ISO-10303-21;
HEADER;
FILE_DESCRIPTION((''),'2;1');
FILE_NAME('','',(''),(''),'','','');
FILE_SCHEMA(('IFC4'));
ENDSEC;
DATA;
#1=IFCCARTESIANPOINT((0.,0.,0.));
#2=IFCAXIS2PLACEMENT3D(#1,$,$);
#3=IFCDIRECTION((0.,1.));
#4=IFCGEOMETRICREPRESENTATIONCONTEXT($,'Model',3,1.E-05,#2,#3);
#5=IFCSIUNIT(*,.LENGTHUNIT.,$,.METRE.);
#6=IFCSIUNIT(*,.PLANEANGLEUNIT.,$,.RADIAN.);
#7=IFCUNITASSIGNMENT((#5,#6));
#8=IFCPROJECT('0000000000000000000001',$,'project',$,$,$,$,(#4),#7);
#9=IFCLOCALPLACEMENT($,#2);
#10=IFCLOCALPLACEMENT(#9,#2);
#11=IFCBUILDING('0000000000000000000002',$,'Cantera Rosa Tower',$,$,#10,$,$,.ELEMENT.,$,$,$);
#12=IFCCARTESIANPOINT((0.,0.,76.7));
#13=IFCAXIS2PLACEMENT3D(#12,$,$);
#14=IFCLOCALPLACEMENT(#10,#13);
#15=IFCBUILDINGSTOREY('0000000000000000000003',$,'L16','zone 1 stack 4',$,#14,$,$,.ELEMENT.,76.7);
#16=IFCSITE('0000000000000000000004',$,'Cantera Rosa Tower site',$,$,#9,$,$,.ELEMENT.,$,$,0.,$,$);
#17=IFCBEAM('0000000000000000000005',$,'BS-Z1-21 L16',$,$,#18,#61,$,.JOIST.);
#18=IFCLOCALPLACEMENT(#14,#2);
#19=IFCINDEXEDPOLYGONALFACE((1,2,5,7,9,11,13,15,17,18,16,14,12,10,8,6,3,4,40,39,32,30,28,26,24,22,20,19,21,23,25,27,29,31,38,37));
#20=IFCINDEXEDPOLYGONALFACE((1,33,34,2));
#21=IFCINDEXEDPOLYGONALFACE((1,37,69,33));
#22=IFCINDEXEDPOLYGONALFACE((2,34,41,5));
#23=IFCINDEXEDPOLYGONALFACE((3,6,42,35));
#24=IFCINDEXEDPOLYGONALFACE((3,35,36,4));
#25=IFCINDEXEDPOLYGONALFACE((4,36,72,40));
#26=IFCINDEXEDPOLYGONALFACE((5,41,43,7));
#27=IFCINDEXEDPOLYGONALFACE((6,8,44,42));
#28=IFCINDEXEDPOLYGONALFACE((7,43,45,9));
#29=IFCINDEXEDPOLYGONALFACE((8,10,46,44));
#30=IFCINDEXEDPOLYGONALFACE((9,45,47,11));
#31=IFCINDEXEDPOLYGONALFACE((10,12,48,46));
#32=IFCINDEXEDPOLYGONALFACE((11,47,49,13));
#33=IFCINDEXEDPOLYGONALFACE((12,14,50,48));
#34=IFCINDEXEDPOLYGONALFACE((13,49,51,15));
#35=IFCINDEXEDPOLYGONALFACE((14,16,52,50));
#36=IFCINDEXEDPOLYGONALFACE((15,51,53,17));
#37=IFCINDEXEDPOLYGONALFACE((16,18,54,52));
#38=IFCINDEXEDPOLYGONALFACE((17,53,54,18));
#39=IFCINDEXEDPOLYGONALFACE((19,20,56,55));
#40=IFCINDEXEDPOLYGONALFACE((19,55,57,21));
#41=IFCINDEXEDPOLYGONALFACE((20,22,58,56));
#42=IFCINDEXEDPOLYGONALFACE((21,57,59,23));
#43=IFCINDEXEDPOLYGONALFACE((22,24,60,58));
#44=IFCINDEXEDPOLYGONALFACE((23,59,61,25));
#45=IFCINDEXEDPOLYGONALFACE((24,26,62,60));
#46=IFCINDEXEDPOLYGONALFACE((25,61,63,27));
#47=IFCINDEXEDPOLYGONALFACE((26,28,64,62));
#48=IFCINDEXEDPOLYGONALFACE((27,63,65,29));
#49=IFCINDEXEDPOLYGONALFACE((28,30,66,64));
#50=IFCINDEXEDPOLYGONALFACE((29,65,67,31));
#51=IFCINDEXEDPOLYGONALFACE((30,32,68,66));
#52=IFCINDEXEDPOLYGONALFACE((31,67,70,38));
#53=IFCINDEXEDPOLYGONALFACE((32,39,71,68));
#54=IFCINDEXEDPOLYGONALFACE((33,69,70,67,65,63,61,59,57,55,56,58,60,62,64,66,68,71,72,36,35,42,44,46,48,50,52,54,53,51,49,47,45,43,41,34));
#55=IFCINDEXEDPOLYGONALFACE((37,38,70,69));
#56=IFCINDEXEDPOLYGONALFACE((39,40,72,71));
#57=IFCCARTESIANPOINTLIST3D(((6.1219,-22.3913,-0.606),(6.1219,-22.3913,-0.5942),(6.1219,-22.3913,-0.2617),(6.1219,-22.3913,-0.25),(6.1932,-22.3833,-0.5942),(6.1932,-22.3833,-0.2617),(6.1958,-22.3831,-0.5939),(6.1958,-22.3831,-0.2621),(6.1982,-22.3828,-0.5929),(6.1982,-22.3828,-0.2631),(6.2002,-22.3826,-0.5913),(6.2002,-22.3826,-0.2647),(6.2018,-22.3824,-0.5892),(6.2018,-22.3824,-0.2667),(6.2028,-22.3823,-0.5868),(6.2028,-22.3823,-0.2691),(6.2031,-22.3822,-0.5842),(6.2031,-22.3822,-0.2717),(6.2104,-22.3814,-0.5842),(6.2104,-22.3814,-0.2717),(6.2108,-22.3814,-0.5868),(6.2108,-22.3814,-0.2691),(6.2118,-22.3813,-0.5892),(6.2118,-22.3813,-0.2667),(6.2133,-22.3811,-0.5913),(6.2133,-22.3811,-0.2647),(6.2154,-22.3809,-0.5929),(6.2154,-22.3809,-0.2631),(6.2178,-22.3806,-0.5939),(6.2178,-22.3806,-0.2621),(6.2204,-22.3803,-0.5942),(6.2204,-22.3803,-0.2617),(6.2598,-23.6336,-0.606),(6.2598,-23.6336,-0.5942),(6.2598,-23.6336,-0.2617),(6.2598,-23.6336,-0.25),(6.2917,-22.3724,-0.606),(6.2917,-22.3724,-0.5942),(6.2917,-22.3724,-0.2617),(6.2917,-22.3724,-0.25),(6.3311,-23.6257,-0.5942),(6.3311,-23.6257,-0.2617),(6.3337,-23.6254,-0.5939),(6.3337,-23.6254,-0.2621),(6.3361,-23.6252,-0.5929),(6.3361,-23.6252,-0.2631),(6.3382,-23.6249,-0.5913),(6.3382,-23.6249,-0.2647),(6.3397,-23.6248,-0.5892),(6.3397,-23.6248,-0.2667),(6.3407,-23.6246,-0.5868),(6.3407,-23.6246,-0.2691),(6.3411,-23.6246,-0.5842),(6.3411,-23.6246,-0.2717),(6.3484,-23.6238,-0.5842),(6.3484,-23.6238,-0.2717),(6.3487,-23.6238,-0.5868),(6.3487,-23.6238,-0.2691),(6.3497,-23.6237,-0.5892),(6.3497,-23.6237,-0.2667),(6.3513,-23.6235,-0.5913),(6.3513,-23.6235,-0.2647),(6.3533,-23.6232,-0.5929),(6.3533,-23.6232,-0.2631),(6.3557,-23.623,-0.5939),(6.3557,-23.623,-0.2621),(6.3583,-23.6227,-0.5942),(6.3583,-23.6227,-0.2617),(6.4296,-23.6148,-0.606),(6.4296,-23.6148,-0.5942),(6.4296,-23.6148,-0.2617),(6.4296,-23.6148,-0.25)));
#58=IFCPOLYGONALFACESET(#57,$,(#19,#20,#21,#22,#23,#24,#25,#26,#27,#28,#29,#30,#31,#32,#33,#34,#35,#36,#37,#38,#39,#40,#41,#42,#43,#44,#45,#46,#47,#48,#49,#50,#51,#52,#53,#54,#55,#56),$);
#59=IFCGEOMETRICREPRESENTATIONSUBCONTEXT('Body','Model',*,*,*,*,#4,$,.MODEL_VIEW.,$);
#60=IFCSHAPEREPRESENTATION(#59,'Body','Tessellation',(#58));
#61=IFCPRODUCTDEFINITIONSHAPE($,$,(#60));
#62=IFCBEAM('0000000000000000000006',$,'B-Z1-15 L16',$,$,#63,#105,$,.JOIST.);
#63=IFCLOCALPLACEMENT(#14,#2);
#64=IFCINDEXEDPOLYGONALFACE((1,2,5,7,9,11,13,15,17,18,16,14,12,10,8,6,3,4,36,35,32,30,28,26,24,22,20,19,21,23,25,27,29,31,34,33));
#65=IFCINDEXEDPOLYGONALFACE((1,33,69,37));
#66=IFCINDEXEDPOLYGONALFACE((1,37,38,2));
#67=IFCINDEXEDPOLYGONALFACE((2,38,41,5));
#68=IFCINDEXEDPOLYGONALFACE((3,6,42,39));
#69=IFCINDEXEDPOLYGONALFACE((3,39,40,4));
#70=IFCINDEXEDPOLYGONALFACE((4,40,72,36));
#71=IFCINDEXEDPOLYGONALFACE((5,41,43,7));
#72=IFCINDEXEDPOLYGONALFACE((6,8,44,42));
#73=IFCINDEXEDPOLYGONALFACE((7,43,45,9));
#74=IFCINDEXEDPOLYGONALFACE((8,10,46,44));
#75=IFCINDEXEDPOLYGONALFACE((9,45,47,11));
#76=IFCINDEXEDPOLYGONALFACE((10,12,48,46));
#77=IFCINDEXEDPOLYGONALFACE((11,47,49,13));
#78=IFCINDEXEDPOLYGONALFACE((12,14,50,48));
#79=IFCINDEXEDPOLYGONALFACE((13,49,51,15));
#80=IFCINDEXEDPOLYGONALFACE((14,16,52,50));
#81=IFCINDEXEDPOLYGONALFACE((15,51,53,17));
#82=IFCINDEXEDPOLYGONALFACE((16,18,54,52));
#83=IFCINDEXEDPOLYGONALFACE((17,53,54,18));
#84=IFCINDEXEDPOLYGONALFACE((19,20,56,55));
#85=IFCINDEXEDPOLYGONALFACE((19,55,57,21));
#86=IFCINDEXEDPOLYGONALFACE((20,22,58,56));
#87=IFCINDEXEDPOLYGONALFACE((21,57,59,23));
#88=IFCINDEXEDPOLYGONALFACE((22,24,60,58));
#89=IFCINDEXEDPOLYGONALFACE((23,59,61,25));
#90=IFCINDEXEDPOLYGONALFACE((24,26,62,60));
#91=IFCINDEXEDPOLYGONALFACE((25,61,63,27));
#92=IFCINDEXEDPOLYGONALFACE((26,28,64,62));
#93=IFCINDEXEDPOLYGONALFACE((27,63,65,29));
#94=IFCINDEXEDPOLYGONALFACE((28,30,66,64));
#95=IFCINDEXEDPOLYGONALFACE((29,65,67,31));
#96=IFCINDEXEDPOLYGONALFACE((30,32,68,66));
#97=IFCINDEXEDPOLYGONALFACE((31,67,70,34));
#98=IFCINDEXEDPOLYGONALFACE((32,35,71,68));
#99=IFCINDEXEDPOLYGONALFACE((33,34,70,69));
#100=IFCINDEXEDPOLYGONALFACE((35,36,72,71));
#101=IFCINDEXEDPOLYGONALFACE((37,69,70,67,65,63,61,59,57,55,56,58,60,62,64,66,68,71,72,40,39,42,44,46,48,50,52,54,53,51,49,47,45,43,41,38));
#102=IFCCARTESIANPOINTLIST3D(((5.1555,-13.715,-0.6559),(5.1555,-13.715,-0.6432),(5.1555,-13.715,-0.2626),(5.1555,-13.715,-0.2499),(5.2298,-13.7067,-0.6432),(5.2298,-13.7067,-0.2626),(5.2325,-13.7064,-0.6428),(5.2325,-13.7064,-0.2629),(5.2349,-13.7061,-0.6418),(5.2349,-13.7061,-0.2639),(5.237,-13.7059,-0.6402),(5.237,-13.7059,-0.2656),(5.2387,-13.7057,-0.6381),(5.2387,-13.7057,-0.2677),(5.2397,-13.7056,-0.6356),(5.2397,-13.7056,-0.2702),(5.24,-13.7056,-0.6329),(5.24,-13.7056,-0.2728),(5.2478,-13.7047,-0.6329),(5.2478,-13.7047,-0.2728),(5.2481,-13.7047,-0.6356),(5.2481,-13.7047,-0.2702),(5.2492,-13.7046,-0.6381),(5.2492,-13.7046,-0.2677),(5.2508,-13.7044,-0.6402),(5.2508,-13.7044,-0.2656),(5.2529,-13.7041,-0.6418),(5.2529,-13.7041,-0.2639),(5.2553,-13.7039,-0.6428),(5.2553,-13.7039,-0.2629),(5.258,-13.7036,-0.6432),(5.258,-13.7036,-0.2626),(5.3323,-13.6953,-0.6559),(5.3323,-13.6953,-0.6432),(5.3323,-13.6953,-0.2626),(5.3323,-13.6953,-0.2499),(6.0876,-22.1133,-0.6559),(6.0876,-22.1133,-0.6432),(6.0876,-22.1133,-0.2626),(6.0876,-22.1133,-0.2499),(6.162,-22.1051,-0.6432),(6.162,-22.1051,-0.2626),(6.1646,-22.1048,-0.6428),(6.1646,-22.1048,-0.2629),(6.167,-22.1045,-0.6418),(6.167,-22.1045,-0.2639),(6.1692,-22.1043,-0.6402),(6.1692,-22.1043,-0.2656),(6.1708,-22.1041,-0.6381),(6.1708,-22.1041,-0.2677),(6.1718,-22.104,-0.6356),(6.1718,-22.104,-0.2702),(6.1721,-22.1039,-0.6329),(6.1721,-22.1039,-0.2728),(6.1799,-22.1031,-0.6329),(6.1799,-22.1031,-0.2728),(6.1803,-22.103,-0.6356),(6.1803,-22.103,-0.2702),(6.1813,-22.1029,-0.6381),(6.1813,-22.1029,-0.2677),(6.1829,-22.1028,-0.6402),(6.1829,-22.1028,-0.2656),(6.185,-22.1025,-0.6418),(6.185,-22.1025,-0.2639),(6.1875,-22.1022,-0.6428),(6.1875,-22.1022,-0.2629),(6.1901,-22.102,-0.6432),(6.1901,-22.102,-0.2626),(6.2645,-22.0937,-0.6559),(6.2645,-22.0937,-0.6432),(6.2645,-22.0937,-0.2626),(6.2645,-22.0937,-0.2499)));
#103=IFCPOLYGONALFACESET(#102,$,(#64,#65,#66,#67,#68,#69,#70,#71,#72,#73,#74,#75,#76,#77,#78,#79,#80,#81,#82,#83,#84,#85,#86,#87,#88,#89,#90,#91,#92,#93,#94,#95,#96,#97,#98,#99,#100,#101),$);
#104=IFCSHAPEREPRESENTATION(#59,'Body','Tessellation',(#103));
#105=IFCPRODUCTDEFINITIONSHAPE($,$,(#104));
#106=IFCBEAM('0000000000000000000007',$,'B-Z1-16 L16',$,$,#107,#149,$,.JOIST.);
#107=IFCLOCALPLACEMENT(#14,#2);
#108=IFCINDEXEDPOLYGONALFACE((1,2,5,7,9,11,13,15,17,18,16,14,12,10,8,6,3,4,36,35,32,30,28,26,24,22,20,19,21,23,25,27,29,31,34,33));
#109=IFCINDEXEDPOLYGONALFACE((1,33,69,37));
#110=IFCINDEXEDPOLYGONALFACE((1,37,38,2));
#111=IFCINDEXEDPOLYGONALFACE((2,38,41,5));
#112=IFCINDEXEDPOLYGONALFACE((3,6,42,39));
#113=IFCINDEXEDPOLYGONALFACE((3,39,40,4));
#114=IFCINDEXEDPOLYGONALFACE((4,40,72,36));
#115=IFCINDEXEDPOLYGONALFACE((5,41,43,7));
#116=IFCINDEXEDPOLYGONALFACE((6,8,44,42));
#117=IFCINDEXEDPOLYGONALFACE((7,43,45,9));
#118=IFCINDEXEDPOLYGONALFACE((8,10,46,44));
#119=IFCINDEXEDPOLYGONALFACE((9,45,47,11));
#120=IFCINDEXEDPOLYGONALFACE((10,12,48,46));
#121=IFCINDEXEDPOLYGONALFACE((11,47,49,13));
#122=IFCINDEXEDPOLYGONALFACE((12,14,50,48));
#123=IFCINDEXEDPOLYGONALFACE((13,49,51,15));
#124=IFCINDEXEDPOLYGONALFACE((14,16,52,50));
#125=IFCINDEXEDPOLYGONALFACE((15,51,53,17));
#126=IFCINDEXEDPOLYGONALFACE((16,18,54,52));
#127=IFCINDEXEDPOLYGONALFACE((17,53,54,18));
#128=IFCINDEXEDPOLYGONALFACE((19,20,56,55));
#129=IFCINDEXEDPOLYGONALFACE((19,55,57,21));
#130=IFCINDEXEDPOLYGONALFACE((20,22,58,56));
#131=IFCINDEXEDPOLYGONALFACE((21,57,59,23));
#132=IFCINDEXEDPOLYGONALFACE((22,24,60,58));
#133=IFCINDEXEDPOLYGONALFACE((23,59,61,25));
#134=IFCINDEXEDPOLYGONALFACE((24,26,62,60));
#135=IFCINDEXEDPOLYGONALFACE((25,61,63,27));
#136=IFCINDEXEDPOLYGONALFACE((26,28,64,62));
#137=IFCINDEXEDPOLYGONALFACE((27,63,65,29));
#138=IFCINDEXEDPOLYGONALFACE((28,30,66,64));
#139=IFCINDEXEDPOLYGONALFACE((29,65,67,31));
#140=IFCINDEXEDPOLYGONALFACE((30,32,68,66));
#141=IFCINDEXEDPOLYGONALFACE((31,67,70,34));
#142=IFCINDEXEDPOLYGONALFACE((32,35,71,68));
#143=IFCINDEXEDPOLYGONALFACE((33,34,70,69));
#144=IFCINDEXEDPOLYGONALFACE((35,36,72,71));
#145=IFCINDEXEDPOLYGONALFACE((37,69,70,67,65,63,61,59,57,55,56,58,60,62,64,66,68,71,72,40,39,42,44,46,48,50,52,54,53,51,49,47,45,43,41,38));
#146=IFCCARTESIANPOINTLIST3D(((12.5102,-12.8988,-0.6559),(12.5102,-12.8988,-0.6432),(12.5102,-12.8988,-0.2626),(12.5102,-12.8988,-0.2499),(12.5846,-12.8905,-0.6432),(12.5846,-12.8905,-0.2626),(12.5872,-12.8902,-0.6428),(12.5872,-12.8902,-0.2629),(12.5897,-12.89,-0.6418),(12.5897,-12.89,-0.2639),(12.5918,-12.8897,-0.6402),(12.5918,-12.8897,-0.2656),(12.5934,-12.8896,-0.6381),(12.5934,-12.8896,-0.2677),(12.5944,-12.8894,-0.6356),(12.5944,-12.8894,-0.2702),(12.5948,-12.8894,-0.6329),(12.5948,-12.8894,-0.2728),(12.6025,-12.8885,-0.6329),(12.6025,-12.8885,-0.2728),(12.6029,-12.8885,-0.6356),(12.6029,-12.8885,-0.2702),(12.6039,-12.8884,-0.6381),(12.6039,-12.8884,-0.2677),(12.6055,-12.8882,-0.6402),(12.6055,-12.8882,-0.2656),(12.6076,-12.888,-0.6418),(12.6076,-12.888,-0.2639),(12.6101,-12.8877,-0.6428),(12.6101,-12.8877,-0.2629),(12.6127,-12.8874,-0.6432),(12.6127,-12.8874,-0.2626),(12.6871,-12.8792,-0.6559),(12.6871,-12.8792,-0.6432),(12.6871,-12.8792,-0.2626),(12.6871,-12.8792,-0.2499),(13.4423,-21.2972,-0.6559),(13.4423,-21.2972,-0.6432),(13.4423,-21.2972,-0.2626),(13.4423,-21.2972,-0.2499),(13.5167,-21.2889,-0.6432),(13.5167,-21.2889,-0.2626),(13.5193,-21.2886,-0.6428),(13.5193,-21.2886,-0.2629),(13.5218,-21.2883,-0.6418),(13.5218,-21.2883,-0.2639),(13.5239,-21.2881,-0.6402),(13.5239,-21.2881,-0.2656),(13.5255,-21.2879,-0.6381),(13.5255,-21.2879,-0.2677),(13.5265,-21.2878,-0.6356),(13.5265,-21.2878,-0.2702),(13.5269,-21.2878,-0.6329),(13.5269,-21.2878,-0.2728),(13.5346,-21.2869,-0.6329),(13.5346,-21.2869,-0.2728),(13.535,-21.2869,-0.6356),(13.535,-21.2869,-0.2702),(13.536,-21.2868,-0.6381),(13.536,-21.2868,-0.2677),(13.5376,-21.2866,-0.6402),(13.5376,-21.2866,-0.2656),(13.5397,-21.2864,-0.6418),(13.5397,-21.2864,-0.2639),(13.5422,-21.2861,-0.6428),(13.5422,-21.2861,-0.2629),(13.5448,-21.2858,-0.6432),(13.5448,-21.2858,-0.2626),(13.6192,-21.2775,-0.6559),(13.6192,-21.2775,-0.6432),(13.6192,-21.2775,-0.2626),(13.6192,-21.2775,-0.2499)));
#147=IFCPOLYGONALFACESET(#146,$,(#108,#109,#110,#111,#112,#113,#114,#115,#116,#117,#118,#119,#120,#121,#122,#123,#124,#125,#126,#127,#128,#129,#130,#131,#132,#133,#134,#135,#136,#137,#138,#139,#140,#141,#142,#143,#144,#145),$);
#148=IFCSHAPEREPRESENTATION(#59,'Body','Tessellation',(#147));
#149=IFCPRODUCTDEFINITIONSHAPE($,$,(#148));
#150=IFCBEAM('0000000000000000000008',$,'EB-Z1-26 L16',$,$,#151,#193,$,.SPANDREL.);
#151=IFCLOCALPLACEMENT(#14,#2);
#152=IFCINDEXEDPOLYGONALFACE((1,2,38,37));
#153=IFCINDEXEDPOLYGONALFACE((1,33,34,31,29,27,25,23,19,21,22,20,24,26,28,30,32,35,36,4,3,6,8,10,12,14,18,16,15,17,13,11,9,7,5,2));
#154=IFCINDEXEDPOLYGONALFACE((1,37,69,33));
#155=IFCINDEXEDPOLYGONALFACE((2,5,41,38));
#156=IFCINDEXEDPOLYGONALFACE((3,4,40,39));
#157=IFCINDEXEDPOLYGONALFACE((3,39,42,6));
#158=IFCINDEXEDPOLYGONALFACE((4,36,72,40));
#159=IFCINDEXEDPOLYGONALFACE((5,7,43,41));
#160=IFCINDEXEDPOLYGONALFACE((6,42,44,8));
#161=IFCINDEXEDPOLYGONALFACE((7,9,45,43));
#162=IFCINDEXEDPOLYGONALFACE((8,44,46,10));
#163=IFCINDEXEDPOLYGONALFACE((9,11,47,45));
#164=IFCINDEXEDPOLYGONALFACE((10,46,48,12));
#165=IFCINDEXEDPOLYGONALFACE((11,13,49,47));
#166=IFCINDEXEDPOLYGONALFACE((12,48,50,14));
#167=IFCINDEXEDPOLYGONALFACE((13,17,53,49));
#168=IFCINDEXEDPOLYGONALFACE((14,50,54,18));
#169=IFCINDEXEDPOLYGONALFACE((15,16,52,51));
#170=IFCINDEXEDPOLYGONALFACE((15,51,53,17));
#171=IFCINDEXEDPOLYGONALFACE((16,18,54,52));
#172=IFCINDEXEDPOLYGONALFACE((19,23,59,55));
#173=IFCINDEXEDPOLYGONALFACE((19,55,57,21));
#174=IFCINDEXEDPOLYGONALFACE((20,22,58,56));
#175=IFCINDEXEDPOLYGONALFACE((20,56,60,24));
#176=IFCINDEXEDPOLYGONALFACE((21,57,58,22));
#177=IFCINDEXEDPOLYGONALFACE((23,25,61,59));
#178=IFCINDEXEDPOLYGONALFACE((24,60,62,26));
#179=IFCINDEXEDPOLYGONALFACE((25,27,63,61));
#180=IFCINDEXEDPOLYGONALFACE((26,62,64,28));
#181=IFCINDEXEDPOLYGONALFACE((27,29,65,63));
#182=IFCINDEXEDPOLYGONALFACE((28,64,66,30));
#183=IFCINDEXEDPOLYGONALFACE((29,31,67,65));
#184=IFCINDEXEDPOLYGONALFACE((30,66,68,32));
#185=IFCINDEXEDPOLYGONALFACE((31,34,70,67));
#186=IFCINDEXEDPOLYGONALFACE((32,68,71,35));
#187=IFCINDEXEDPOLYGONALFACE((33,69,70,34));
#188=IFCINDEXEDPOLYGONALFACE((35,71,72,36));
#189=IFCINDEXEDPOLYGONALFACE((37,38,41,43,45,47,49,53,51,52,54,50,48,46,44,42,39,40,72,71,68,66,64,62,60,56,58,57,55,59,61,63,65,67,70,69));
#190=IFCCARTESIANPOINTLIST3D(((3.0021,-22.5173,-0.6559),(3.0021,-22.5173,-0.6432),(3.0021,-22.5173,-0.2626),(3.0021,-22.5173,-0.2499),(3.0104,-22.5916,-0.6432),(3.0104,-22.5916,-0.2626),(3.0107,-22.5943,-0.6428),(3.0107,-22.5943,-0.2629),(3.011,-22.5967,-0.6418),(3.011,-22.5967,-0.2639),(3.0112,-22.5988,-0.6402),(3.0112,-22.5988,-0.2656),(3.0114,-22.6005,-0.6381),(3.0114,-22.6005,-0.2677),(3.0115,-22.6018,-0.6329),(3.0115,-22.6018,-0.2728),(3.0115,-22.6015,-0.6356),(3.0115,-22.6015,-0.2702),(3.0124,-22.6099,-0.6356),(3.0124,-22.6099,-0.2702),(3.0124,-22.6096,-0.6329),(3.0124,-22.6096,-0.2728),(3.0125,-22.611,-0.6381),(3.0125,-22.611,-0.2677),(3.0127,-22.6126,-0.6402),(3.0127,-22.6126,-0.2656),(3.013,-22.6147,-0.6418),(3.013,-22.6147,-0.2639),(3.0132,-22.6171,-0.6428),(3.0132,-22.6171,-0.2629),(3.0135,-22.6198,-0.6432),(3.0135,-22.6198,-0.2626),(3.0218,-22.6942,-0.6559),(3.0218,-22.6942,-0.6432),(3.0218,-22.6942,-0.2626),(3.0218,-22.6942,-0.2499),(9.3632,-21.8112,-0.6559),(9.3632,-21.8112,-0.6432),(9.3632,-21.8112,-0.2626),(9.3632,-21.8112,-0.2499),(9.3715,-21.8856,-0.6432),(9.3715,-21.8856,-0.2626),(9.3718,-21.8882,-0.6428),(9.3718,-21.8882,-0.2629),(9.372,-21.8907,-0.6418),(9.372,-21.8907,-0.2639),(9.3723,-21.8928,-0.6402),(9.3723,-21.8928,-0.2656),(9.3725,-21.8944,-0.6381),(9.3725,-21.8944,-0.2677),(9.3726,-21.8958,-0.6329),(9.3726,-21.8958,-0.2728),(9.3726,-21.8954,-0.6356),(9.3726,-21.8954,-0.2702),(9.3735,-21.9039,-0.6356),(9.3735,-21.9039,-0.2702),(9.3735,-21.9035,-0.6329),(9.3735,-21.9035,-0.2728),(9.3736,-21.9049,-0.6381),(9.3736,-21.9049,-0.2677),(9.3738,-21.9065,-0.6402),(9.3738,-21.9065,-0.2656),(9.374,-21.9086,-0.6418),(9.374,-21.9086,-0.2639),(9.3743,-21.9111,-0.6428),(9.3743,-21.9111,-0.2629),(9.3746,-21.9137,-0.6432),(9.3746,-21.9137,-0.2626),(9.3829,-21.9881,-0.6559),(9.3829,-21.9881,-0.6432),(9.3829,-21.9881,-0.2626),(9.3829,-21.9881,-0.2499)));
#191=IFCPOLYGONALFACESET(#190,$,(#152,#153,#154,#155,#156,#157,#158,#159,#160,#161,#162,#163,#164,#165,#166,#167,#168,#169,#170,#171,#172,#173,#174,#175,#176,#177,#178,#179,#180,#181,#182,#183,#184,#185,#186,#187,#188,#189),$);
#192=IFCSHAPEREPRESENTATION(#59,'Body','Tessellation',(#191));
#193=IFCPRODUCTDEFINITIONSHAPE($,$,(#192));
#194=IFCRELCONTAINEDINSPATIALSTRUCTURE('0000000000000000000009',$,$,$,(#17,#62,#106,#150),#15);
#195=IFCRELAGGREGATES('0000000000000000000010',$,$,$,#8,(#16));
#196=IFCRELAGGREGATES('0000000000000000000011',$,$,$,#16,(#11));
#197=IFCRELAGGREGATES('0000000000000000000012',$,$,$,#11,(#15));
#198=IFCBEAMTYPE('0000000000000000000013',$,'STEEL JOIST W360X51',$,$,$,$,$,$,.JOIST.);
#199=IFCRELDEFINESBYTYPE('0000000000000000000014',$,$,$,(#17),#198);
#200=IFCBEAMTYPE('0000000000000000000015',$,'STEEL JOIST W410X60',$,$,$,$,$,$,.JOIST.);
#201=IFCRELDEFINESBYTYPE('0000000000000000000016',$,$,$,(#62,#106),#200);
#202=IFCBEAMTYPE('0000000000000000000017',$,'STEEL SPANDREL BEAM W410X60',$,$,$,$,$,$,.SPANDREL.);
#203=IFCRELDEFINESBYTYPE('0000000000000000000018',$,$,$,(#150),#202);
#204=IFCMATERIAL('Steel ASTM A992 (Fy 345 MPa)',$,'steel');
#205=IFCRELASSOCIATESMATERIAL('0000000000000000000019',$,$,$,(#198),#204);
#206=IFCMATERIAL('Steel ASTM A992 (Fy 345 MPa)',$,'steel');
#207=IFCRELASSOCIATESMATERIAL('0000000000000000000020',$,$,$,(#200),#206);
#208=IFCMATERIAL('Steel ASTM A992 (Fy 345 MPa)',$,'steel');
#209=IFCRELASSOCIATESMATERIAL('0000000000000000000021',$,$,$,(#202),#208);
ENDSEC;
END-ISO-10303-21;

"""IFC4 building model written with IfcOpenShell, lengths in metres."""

from ifc_helpers import new_model, si_unit, direction, frame, origin, origin_2d, place, context, subcontext, project, spatial, i_section, extrude, material, material_profile, profile_set, type_object, element, save


model = new_model("IFC4")

# Units and contexts
model_context = context("Model", 3, precision=1e-05, world=origin(), true_north=direction((0.0, 1.0)))
body_context = subcontext(model_context, "Body", "Model", "MODEL_VIEW")
ifc_project = project(units=[si_unit("LENGTHUNIT", "METRE"), si_unit("PLANEANGLEUNIT", "RADIAN")], contexts=[model_context])

# Site, building, storey
site_placement = place(None, origin())
site = spatial("IfcSite", under=ifc_project, at=site_placement, Name="Cantera Rosa Tower site", CompositionType="ELEMENT", RefElevation=0.0)
building_placement = place(site_placement, origin())
building = spatial("IfcBuilding", under=site, at=building_placement, Name="Cantera Rosa Tower", CompositionType="ELEMENT")
storey_placement = place(building_placement, frame((0.0, 0.0, 76.7)))
storey = spatial("IfcBuildingStorey", under=building, at=storey_placement, Name="L16", Description="zone 1 stack 4", CompositionType="ELEMENT", Elevation=76.7)

# Beams
ifc_material_1 = material(Name="Steel ASTM A992 (Fy 345 MPa)", Category="steel")
ifc_material_profile_1 = material_profile(ifc_material_1, i_section(OverallWidth=0.1709, OverallDepth=0.356, WebThickness=0.0073, FlangeThickness=0.0117, FilletRadius=0.01, at=origin_2d()), Name="W360X51")
ifc_profile_set_1 = profile_set([ifc_material_profile_1], Name="Steel ASTM A992 (Fy 345 MPa)")
beam_type_1 = type_object("IfcBeamType", Name="STEEL JOIST W360X51", PredefinedType="JOIST", material=ifc_profile_set_1)
beam_1_placement = place(storey_placement, frame((6.2068, -22.3818, -0.428), z_axis=(0.110346, -0.993893, 0.0), x_axis=(0.993893, 0.110346, 0.0)))
element("IfcBeam", 1, at=beam_1_placement, inside=storey, type_object=beam_type_1, Name="BS-Z1-21 L16", PredefinedType="JOIST", context=body_context, shape_type="SweptSolid", body=[
    extrude(i_section(OverallWidth=0.1709, OverallDepth=0.356, WebThickness=0.0073, FlangeThickness=0.0117, FilletRadius=0.01, at=origin_2d()), origin(), (0.0, 0.0, 1.0), 1.25),
])
ifc_material_2 = material(Name="Steel ASTM A992 (Fy 345 MPa)", Category="steel")
ifc_material_profile_2 = material_profile(ifc_material_2, i_section(OverallWidth=0.178, OverallDepth=0.406, WebThickness=0.0078, FlangeThickness=0.0127, FilletRadius=0.0103, at=origin_2d()), Name="W410X60")
ifc_profile_set_2 = profile_set([ifc_material_profile_2], Name="Steel ASTM A992 (Fy 345 MPa)")
beam_type_2 = type_object("IfcBeamType", Name="STEEL JOIST W410X60", PredefinedType="JOIST", material=ifc_profile_set_2)
for number, where, z_axis, x_axis, name in (
    (2, (6.176, -22.1035, -0.4529), (-0.110311, 0.993897, 0.0), (-0.993897, -0.110311, 0.0), "B-Z1-15 L16"),
    (3, (13.5308, -21.2874, -0.4529), (-0.110311, 0.993897, 0.0), (-0.993897, -0.110311, 0.0), "B-Z1-16 L16"),
):
    element("IfcBeam", number, at=place(storey_placement, frame(where, z_axis=z_axis, x_axis=x_axis)), inside=storey, type_object=beam_type_2, Name=name, PredefinedType="JOIST", context=body_context, shape_type="SweptSolid", body=[
        extrude(i_section(OverallWidth=0.178, OverallDepth=0.406, WebThickness=0.0078, FlangeThickness=0.0127, FilletRadius=0.0103, at=origin_2d()), origin(), (0.0, 0.0, 1.0), 8.45),
    ])
ifc_material_3 = material(Name="Steel ASTM A992 (Fy 345 MPa)", Category="steel")
ifc_material_profile_3 = material_profile(ifc_material_3, i_section(OverallWidth=0.178, OverallDepth=0.406, WebThickness=0.0078, FlangeThickness=0.0127, FilletRadius=0.0103, at=origin_2d()), Name="W410X60")
ifc_profile_set_3 = profile_set([ifc_material_profile_3], Name="Steel ASTM A992 (Fy 345 MPa)")
beam_type_3 = type_object("IfcBeamType", Name="STEEL SPANDREL BEAM W410X60", PredefinedType="SPANDREL", material=ifc_profile_set_3)
beam_2_placement = place(storey_placement, frame((3.012, -22.6057, -0.4529), z_axis=(0.993896, 0.110318, 0.0), x_axis=(-0.110318, 0.993896, 0.0)))
element("IfcBeam", 4, at=beam_2_placement, inside=storey, type_object=beam_type_3, Name="EB-Z1-26 L16", PredefinedType="SPANDREL", context=body_context, shape_type="SweptSolid", body=[
    extrude(i_section(OverallWidth=0.178, OverallDepth=0.406, WebThickness=0.0078, FlangeThickness=0.0127, FilletRadius=0.0103, at=origin_2d()), origin(), (0.0, 0.0, 1.0), 6.4001),
])

save(model, "model.ifc")
